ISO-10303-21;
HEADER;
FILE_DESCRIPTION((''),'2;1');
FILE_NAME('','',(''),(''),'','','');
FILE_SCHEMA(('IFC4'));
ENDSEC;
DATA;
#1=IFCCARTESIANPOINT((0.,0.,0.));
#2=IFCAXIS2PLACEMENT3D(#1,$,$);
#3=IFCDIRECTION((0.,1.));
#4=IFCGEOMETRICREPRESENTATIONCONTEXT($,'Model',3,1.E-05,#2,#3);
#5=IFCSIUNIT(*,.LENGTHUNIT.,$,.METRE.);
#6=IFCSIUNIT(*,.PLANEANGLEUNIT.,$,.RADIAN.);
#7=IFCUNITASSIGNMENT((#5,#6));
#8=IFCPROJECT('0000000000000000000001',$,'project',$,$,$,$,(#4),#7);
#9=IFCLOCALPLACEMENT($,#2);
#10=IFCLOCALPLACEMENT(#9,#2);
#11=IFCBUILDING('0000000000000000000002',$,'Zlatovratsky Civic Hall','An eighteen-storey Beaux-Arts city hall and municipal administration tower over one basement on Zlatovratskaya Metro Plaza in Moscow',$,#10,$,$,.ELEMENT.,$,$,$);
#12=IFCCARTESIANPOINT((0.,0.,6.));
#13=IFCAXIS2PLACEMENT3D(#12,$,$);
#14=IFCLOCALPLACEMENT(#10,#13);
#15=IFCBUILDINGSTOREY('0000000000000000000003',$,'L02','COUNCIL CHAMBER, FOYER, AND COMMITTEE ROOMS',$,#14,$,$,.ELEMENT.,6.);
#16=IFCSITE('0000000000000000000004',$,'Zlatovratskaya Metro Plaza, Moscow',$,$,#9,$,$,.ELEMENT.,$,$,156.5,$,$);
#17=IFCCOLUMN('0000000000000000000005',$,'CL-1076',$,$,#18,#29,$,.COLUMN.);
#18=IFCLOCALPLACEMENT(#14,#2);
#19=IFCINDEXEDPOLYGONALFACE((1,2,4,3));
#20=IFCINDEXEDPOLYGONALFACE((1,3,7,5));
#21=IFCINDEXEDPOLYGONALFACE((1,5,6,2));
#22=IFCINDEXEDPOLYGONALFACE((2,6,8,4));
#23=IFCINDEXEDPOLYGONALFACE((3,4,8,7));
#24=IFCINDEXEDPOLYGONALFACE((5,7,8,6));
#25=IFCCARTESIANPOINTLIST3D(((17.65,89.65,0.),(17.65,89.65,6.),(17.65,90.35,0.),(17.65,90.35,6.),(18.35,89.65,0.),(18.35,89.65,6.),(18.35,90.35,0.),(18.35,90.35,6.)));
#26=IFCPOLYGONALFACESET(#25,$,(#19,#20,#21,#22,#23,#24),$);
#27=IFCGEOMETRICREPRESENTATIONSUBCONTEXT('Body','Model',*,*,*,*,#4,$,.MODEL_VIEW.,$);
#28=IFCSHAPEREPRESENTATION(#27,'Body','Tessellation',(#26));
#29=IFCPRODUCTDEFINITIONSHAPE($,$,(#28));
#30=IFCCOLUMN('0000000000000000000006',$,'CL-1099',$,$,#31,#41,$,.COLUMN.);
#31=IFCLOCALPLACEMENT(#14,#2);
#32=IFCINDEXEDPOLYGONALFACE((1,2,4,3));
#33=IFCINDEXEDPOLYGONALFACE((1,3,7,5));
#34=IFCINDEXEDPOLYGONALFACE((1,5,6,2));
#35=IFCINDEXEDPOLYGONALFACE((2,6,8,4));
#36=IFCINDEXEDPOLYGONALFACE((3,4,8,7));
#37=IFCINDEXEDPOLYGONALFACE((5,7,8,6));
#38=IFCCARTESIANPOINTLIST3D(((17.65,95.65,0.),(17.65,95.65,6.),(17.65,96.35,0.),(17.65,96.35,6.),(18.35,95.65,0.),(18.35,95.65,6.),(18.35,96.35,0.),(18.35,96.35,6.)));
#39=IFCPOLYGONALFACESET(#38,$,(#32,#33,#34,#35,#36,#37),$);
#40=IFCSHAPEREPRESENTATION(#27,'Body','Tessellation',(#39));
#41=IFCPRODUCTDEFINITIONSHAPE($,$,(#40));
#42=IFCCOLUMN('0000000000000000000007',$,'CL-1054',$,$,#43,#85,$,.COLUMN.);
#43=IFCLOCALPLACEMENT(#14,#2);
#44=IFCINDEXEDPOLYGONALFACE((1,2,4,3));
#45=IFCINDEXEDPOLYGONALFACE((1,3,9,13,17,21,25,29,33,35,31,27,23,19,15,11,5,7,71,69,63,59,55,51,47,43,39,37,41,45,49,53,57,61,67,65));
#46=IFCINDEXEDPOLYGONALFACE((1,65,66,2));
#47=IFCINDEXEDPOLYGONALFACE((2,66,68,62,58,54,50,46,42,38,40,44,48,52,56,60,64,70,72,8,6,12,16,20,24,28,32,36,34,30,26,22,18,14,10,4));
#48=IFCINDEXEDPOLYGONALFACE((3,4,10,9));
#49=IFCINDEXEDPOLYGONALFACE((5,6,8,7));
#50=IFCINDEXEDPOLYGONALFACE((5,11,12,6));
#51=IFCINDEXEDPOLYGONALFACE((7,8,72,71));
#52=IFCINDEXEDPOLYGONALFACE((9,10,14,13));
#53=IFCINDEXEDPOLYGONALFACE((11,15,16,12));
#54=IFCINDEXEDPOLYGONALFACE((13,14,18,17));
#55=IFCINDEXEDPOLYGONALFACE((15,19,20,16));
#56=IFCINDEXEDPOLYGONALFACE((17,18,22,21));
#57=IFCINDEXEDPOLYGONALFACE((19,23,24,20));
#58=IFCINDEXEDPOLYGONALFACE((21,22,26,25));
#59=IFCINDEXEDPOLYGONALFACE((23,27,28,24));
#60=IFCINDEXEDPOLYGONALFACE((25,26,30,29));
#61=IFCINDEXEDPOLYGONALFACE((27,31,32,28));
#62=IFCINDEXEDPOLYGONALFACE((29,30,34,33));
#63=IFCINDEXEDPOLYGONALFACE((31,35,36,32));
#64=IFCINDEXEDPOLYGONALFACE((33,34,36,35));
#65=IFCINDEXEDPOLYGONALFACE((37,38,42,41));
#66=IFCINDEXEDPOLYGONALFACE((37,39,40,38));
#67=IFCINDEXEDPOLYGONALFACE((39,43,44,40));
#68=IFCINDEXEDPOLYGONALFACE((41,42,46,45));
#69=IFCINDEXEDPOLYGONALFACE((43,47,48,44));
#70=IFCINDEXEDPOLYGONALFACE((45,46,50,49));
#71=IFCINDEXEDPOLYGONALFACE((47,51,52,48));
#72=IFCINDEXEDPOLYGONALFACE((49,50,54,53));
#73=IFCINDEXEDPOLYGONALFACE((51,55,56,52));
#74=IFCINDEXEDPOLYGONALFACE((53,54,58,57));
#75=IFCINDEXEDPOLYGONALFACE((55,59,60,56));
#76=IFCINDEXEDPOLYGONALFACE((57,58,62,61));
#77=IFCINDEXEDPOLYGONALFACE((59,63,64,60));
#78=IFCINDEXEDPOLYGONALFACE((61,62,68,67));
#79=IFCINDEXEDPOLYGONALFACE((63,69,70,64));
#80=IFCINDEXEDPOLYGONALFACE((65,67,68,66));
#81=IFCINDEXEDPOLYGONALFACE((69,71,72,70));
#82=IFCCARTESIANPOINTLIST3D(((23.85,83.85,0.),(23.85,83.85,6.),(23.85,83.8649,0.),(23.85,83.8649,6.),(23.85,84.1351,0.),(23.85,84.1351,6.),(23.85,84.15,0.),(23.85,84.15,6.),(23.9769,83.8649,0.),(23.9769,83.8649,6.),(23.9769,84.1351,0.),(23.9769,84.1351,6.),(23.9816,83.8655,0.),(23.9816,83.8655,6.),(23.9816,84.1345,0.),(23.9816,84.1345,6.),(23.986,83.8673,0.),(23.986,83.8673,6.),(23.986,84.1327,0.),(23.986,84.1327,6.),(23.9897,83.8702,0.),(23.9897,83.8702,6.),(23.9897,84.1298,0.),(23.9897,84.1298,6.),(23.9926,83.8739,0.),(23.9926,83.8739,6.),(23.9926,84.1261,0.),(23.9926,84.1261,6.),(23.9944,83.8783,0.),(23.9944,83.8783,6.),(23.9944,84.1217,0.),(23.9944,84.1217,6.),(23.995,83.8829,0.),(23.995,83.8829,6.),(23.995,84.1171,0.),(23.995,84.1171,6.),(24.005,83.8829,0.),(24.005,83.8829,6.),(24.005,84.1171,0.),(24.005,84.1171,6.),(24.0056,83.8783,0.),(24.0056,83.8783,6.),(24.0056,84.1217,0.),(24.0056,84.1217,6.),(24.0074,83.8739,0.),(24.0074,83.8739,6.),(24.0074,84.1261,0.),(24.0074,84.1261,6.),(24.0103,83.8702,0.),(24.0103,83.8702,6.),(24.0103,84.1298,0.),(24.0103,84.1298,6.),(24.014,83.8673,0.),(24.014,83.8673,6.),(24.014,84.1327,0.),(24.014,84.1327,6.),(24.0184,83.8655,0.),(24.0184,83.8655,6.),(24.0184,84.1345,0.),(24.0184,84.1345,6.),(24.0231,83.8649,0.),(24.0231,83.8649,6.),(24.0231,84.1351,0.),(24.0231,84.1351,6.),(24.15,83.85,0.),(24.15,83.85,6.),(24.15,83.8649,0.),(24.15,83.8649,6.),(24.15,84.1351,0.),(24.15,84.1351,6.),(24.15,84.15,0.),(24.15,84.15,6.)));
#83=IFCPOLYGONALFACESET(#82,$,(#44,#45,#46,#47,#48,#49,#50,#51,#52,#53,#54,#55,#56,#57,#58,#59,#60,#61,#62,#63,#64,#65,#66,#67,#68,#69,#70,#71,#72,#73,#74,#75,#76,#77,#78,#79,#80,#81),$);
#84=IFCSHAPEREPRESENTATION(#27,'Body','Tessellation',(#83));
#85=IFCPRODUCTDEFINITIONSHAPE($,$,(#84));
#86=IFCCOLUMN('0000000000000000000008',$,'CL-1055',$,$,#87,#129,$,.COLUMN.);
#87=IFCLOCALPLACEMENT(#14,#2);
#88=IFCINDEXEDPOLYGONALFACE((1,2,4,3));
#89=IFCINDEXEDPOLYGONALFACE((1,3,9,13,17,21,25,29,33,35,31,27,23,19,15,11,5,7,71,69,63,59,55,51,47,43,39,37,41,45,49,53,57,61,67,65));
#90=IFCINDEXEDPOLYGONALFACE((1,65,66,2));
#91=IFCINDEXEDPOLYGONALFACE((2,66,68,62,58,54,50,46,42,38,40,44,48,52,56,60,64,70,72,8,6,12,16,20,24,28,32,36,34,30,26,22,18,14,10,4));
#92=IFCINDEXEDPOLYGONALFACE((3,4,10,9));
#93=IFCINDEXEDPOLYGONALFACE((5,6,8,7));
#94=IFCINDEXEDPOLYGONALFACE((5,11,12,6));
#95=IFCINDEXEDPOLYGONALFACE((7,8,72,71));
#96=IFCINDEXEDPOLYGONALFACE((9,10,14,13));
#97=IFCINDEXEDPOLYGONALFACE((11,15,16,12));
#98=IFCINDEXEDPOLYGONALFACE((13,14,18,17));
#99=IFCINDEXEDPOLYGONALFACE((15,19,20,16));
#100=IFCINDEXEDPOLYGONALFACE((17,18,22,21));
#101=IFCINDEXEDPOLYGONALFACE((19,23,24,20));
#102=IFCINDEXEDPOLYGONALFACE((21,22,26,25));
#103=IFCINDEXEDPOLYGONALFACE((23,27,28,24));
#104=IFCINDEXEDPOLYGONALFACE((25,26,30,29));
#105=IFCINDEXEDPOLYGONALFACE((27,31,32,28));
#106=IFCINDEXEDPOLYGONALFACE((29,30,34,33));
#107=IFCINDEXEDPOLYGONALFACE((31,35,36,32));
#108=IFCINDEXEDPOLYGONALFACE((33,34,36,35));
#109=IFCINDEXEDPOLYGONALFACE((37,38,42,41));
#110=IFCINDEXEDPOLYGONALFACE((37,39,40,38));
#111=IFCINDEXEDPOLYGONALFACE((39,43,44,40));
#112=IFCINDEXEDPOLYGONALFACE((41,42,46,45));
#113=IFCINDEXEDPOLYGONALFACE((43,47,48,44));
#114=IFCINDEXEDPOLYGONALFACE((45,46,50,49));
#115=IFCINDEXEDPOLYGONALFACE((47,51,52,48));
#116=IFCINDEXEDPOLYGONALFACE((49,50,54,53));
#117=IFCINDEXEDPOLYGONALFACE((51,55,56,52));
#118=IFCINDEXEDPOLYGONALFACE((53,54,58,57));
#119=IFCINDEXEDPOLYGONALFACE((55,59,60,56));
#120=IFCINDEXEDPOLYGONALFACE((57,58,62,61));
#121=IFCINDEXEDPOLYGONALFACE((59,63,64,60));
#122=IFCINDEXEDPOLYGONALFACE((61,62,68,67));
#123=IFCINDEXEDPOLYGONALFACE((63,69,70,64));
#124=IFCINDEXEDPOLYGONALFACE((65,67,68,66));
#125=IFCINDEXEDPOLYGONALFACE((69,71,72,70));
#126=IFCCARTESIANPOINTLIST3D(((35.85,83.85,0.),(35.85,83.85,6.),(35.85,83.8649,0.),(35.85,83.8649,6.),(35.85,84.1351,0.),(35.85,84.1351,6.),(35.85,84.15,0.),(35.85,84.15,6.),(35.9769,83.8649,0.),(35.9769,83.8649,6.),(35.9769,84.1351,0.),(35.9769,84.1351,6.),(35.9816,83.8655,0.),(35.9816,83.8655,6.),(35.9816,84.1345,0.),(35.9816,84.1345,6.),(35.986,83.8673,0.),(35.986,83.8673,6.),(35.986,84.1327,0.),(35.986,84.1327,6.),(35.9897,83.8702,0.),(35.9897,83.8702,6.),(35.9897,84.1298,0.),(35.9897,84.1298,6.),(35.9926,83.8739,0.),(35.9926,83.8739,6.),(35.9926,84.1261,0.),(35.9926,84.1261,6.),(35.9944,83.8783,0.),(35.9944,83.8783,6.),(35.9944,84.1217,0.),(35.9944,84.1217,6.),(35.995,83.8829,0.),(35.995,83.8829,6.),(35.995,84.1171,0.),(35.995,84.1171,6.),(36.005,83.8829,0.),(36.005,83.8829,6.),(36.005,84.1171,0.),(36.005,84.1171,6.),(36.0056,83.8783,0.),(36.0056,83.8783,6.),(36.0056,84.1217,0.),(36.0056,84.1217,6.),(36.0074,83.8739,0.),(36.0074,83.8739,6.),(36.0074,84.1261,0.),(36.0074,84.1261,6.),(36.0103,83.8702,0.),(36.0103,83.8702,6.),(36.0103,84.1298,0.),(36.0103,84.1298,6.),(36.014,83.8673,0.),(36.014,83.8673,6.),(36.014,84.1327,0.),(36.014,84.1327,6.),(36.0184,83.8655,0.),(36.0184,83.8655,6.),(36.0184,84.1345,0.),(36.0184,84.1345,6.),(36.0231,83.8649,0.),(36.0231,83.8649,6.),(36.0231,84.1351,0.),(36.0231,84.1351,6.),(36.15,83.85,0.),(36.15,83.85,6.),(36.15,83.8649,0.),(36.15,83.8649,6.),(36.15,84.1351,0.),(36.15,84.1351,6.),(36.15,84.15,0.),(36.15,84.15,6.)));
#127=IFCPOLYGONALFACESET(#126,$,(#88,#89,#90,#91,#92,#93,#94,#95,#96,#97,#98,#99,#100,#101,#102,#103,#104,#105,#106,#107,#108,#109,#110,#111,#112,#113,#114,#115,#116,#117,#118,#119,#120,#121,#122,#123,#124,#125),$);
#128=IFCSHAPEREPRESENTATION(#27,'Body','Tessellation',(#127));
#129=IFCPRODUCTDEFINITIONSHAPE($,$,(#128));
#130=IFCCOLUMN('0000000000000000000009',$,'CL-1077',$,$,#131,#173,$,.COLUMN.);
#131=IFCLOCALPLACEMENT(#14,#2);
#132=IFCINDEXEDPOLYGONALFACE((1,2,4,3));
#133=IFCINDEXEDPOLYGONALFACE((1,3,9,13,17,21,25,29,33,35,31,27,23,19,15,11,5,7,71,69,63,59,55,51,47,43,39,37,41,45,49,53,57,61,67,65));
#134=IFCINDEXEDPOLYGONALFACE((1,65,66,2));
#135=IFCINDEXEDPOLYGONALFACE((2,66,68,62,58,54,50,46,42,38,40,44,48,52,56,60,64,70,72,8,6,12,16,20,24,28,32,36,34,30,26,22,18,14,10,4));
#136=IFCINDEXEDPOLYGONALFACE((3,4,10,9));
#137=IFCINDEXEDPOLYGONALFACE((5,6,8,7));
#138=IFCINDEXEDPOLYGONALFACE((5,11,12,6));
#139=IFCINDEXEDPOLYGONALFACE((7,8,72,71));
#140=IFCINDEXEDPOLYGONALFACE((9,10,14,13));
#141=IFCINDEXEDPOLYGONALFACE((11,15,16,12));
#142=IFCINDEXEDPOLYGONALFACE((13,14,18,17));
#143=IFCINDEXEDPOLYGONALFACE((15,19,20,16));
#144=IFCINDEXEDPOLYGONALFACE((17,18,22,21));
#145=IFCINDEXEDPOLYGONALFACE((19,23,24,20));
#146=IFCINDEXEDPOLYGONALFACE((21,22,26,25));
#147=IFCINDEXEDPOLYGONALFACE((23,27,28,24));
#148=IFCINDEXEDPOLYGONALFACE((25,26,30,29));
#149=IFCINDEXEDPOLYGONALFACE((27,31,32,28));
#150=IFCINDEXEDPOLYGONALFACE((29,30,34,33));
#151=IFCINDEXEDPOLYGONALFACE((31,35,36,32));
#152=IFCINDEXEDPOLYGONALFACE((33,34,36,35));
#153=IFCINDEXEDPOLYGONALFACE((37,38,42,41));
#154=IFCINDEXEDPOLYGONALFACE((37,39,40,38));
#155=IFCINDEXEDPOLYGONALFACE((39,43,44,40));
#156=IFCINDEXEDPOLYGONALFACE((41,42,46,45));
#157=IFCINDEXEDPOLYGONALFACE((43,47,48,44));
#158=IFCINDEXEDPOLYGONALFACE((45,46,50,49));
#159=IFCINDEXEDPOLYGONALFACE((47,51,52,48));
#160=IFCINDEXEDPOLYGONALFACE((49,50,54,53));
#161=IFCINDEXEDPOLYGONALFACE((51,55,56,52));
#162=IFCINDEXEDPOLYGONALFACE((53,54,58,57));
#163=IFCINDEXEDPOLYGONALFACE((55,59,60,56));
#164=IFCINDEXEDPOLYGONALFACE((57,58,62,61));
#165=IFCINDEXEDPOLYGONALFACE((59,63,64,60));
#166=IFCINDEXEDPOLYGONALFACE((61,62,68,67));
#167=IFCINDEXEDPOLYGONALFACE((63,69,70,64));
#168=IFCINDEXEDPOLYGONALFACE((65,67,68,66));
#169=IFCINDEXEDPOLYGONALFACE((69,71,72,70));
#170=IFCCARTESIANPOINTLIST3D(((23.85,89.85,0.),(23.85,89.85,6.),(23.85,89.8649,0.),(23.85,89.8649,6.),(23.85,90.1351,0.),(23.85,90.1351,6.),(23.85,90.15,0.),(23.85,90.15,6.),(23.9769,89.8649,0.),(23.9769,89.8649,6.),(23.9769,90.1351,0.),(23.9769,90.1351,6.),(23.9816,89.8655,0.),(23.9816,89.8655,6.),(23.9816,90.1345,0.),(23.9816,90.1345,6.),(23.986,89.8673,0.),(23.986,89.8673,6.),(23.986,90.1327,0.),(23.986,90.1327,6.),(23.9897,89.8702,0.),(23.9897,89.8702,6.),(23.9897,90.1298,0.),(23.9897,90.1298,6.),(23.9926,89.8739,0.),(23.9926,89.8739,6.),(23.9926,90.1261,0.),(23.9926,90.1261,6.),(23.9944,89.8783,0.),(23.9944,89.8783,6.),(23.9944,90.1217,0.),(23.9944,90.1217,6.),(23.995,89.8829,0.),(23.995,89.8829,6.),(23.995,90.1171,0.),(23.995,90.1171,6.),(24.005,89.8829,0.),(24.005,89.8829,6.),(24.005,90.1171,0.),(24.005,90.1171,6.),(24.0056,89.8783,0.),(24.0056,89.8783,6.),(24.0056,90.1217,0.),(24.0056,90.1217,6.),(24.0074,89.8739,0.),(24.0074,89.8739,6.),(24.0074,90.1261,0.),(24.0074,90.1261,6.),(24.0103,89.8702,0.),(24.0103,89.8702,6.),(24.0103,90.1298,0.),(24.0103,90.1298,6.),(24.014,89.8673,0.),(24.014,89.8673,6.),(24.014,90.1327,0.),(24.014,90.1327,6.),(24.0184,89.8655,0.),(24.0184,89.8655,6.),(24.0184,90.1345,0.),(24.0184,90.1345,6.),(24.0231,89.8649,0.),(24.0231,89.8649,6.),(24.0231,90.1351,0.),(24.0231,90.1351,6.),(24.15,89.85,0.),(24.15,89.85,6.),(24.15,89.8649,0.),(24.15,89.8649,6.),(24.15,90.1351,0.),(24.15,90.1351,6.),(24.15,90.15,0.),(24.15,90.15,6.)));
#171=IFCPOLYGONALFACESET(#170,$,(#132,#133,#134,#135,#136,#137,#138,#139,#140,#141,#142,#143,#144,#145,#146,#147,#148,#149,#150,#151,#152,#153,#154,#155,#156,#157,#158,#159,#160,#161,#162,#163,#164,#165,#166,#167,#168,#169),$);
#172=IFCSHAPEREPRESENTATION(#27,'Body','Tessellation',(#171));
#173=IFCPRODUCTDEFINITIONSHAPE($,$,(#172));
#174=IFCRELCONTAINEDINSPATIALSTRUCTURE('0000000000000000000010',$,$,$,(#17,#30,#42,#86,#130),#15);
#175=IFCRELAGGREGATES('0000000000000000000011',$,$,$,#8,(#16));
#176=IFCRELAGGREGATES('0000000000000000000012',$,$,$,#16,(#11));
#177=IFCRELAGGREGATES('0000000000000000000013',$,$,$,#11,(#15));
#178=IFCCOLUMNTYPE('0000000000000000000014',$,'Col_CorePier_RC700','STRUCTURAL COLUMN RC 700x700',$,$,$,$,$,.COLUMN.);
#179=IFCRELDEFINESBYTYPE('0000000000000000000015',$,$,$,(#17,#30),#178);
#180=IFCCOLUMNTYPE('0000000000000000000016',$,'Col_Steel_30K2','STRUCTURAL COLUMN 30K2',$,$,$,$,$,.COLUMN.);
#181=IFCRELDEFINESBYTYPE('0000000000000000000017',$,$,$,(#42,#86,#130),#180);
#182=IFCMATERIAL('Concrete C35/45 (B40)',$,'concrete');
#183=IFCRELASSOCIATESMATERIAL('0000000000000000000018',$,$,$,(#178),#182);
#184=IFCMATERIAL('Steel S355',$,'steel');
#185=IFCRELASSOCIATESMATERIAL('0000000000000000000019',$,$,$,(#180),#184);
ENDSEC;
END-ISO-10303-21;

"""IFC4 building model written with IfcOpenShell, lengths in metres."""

from ifc_helpers import new_model, si_unit, direction, frame, origin, origin_2d, place, context, subcontext, project, spatial, rectangle, i_section, extrude, material, material_profile, profile_set, type_object, element, save


model = new_model("IFC4")

# Units and contexts
model_context = context("Model", 3, precision=1e-05, world=origin(), true_north=direction((0.0, 1.0)))
body_context = subcontext(model_context, "Body", "Model", "MODEL_VIEW")
ifc_project = project(units=[si_unit("LENGTHUNIT", "METRE"), si_unit("PLANEANGLEUNIT", "RADIAN")], contexts=[model_context])

# Site, building, storey
site_placement = place(None, origin())
site = spatial("IfcSite", under=ifc_project, at=site_placement, Name="Zlatovratskaya Metro Plaza, Moscow", CompositionType="ELEMENT", RefElevation=156.5)
building_placement = place(site_placement, origin())
building = spatial("IfcBuilding", under=site, at=building_placement, Name="Zlatovratsky Civic Hall", Description="An eighteen-storey Beaux-Arts city hall and municipal administration tower over one basement on Zlatovratskaya Metro Plaza in Moscow", CompositionType="ELEMENT")
storey_placement = place(building_placement, frame((0.0, 0.0, 6.0)))
storey = spatial("IfcBuildingStorey", under=building, at=storey_placement, Name="L02", Description="COUNCIL CHAMBER, FOYER, AND COMMITTEE ROOMS", CompositionType="ELEMENT", Elevation=6.0)

# Columns
ifc_material_1 = material(Name="Concrete C35/45 (B40)", Category="concrete")
ifc_material_profile_1 = material_profile(ifc_material_1, rectangle(XDim=0.7, YDim=0.7, at=origin_2d()), Name="RC 700x700")
ifc_profile_set_1 = profile_set([ifc_material_profile_1], Name="Concrete C35/45 (B40)")
column_type_1 = type_object("IfcColumnType", Name="Col_CorePier_RC700", Description="STRUCTURAL COLUMN RC 700x700", PredefinedType="COLUMN", material=ifc_profile_set_1)
for number, where, z_axis, x_axis, name in (
    (1, (18.0, 90.0, 0.0), (0.0, 0.0, 1.0), (1.0, 0.0, 0.0), "CL-1076"),
    (2, (18.0, 96.0, 0.0), (0.0, 0.0, 1.0), (1.0, 0.0, 0.0), "CL-1099"),
):
    element("IfcColumn", number, at=place(storey_placement, frame(where, z_axis=z_axis, x_axis=x_axis)), inside=storey, type_object=column_type_1, Name=name, PredefinedType="COLUMN", context=body_context, shape_type="SweptSolid", body=[
        extrude(rectangle(XDim=0.7, YDim=0.7, at=origin_2d()), origin(), (0.0, 0.0, 1.0), 6.0),
    ])
ifc_material_2 = material(Name="Steel S355", Category="steel")
ifc_material_profile_2 = material_profile(ifc_material_2, i_section(OverallWidth=0.3, OverallDepth=0.3, WebThickness=0.01, FlangeThickness=0.0149, FilletRadius=0.0181, at=origin_2d()), Name="30K2")
ifc_profile_set_2 = profile_set([ifc_material_profile_2], Name="Steel S355")
column_type_2 = type_object("IfcColumnType", Name="Col_Steel_30K2", Description="STRUCTURAL COLUMN 30K2", PredefinedType="COLUMN", material=ifc_profile_set_2)
for number, where, z_axis, x_axis, name in (
    (3, (24.0, 84.0, 0.0), (0.0, 0.0, 1.0), (1.0, 0.0, 0.0), "CL-1054"),
    (4, (36.0, 84.0, 0.0), (0.0, 0.0, 1.0), (1.0, 0.0, 0.0), "CL-1055"),
    (5, (24.0, 90.0, 0.0), (0.0, 0.0, 1.0), (1.0, 0.0, 0.0), "CL-1077"),
):
    element("IfcColumn", number, at=place(storey_placement, frame(where, z_axis=z_axis, x_axis=x_axis)), inside=storey, type_object=column_type_2, Name=name, PredefinedType="COLUMN", context=body_context, shape_type="SweptSolid", body=[
        extrude(i_section(OverallWidth=0.3, OverallDepth=0.3, WebThickness=0.01, FlangeThickness=0.0149, FilletRadius=0.0181, at=origin_2d()), origin(), (0.0, 0.0, 1.0), 6.0),
    ])

save(model, "model.ifc")
